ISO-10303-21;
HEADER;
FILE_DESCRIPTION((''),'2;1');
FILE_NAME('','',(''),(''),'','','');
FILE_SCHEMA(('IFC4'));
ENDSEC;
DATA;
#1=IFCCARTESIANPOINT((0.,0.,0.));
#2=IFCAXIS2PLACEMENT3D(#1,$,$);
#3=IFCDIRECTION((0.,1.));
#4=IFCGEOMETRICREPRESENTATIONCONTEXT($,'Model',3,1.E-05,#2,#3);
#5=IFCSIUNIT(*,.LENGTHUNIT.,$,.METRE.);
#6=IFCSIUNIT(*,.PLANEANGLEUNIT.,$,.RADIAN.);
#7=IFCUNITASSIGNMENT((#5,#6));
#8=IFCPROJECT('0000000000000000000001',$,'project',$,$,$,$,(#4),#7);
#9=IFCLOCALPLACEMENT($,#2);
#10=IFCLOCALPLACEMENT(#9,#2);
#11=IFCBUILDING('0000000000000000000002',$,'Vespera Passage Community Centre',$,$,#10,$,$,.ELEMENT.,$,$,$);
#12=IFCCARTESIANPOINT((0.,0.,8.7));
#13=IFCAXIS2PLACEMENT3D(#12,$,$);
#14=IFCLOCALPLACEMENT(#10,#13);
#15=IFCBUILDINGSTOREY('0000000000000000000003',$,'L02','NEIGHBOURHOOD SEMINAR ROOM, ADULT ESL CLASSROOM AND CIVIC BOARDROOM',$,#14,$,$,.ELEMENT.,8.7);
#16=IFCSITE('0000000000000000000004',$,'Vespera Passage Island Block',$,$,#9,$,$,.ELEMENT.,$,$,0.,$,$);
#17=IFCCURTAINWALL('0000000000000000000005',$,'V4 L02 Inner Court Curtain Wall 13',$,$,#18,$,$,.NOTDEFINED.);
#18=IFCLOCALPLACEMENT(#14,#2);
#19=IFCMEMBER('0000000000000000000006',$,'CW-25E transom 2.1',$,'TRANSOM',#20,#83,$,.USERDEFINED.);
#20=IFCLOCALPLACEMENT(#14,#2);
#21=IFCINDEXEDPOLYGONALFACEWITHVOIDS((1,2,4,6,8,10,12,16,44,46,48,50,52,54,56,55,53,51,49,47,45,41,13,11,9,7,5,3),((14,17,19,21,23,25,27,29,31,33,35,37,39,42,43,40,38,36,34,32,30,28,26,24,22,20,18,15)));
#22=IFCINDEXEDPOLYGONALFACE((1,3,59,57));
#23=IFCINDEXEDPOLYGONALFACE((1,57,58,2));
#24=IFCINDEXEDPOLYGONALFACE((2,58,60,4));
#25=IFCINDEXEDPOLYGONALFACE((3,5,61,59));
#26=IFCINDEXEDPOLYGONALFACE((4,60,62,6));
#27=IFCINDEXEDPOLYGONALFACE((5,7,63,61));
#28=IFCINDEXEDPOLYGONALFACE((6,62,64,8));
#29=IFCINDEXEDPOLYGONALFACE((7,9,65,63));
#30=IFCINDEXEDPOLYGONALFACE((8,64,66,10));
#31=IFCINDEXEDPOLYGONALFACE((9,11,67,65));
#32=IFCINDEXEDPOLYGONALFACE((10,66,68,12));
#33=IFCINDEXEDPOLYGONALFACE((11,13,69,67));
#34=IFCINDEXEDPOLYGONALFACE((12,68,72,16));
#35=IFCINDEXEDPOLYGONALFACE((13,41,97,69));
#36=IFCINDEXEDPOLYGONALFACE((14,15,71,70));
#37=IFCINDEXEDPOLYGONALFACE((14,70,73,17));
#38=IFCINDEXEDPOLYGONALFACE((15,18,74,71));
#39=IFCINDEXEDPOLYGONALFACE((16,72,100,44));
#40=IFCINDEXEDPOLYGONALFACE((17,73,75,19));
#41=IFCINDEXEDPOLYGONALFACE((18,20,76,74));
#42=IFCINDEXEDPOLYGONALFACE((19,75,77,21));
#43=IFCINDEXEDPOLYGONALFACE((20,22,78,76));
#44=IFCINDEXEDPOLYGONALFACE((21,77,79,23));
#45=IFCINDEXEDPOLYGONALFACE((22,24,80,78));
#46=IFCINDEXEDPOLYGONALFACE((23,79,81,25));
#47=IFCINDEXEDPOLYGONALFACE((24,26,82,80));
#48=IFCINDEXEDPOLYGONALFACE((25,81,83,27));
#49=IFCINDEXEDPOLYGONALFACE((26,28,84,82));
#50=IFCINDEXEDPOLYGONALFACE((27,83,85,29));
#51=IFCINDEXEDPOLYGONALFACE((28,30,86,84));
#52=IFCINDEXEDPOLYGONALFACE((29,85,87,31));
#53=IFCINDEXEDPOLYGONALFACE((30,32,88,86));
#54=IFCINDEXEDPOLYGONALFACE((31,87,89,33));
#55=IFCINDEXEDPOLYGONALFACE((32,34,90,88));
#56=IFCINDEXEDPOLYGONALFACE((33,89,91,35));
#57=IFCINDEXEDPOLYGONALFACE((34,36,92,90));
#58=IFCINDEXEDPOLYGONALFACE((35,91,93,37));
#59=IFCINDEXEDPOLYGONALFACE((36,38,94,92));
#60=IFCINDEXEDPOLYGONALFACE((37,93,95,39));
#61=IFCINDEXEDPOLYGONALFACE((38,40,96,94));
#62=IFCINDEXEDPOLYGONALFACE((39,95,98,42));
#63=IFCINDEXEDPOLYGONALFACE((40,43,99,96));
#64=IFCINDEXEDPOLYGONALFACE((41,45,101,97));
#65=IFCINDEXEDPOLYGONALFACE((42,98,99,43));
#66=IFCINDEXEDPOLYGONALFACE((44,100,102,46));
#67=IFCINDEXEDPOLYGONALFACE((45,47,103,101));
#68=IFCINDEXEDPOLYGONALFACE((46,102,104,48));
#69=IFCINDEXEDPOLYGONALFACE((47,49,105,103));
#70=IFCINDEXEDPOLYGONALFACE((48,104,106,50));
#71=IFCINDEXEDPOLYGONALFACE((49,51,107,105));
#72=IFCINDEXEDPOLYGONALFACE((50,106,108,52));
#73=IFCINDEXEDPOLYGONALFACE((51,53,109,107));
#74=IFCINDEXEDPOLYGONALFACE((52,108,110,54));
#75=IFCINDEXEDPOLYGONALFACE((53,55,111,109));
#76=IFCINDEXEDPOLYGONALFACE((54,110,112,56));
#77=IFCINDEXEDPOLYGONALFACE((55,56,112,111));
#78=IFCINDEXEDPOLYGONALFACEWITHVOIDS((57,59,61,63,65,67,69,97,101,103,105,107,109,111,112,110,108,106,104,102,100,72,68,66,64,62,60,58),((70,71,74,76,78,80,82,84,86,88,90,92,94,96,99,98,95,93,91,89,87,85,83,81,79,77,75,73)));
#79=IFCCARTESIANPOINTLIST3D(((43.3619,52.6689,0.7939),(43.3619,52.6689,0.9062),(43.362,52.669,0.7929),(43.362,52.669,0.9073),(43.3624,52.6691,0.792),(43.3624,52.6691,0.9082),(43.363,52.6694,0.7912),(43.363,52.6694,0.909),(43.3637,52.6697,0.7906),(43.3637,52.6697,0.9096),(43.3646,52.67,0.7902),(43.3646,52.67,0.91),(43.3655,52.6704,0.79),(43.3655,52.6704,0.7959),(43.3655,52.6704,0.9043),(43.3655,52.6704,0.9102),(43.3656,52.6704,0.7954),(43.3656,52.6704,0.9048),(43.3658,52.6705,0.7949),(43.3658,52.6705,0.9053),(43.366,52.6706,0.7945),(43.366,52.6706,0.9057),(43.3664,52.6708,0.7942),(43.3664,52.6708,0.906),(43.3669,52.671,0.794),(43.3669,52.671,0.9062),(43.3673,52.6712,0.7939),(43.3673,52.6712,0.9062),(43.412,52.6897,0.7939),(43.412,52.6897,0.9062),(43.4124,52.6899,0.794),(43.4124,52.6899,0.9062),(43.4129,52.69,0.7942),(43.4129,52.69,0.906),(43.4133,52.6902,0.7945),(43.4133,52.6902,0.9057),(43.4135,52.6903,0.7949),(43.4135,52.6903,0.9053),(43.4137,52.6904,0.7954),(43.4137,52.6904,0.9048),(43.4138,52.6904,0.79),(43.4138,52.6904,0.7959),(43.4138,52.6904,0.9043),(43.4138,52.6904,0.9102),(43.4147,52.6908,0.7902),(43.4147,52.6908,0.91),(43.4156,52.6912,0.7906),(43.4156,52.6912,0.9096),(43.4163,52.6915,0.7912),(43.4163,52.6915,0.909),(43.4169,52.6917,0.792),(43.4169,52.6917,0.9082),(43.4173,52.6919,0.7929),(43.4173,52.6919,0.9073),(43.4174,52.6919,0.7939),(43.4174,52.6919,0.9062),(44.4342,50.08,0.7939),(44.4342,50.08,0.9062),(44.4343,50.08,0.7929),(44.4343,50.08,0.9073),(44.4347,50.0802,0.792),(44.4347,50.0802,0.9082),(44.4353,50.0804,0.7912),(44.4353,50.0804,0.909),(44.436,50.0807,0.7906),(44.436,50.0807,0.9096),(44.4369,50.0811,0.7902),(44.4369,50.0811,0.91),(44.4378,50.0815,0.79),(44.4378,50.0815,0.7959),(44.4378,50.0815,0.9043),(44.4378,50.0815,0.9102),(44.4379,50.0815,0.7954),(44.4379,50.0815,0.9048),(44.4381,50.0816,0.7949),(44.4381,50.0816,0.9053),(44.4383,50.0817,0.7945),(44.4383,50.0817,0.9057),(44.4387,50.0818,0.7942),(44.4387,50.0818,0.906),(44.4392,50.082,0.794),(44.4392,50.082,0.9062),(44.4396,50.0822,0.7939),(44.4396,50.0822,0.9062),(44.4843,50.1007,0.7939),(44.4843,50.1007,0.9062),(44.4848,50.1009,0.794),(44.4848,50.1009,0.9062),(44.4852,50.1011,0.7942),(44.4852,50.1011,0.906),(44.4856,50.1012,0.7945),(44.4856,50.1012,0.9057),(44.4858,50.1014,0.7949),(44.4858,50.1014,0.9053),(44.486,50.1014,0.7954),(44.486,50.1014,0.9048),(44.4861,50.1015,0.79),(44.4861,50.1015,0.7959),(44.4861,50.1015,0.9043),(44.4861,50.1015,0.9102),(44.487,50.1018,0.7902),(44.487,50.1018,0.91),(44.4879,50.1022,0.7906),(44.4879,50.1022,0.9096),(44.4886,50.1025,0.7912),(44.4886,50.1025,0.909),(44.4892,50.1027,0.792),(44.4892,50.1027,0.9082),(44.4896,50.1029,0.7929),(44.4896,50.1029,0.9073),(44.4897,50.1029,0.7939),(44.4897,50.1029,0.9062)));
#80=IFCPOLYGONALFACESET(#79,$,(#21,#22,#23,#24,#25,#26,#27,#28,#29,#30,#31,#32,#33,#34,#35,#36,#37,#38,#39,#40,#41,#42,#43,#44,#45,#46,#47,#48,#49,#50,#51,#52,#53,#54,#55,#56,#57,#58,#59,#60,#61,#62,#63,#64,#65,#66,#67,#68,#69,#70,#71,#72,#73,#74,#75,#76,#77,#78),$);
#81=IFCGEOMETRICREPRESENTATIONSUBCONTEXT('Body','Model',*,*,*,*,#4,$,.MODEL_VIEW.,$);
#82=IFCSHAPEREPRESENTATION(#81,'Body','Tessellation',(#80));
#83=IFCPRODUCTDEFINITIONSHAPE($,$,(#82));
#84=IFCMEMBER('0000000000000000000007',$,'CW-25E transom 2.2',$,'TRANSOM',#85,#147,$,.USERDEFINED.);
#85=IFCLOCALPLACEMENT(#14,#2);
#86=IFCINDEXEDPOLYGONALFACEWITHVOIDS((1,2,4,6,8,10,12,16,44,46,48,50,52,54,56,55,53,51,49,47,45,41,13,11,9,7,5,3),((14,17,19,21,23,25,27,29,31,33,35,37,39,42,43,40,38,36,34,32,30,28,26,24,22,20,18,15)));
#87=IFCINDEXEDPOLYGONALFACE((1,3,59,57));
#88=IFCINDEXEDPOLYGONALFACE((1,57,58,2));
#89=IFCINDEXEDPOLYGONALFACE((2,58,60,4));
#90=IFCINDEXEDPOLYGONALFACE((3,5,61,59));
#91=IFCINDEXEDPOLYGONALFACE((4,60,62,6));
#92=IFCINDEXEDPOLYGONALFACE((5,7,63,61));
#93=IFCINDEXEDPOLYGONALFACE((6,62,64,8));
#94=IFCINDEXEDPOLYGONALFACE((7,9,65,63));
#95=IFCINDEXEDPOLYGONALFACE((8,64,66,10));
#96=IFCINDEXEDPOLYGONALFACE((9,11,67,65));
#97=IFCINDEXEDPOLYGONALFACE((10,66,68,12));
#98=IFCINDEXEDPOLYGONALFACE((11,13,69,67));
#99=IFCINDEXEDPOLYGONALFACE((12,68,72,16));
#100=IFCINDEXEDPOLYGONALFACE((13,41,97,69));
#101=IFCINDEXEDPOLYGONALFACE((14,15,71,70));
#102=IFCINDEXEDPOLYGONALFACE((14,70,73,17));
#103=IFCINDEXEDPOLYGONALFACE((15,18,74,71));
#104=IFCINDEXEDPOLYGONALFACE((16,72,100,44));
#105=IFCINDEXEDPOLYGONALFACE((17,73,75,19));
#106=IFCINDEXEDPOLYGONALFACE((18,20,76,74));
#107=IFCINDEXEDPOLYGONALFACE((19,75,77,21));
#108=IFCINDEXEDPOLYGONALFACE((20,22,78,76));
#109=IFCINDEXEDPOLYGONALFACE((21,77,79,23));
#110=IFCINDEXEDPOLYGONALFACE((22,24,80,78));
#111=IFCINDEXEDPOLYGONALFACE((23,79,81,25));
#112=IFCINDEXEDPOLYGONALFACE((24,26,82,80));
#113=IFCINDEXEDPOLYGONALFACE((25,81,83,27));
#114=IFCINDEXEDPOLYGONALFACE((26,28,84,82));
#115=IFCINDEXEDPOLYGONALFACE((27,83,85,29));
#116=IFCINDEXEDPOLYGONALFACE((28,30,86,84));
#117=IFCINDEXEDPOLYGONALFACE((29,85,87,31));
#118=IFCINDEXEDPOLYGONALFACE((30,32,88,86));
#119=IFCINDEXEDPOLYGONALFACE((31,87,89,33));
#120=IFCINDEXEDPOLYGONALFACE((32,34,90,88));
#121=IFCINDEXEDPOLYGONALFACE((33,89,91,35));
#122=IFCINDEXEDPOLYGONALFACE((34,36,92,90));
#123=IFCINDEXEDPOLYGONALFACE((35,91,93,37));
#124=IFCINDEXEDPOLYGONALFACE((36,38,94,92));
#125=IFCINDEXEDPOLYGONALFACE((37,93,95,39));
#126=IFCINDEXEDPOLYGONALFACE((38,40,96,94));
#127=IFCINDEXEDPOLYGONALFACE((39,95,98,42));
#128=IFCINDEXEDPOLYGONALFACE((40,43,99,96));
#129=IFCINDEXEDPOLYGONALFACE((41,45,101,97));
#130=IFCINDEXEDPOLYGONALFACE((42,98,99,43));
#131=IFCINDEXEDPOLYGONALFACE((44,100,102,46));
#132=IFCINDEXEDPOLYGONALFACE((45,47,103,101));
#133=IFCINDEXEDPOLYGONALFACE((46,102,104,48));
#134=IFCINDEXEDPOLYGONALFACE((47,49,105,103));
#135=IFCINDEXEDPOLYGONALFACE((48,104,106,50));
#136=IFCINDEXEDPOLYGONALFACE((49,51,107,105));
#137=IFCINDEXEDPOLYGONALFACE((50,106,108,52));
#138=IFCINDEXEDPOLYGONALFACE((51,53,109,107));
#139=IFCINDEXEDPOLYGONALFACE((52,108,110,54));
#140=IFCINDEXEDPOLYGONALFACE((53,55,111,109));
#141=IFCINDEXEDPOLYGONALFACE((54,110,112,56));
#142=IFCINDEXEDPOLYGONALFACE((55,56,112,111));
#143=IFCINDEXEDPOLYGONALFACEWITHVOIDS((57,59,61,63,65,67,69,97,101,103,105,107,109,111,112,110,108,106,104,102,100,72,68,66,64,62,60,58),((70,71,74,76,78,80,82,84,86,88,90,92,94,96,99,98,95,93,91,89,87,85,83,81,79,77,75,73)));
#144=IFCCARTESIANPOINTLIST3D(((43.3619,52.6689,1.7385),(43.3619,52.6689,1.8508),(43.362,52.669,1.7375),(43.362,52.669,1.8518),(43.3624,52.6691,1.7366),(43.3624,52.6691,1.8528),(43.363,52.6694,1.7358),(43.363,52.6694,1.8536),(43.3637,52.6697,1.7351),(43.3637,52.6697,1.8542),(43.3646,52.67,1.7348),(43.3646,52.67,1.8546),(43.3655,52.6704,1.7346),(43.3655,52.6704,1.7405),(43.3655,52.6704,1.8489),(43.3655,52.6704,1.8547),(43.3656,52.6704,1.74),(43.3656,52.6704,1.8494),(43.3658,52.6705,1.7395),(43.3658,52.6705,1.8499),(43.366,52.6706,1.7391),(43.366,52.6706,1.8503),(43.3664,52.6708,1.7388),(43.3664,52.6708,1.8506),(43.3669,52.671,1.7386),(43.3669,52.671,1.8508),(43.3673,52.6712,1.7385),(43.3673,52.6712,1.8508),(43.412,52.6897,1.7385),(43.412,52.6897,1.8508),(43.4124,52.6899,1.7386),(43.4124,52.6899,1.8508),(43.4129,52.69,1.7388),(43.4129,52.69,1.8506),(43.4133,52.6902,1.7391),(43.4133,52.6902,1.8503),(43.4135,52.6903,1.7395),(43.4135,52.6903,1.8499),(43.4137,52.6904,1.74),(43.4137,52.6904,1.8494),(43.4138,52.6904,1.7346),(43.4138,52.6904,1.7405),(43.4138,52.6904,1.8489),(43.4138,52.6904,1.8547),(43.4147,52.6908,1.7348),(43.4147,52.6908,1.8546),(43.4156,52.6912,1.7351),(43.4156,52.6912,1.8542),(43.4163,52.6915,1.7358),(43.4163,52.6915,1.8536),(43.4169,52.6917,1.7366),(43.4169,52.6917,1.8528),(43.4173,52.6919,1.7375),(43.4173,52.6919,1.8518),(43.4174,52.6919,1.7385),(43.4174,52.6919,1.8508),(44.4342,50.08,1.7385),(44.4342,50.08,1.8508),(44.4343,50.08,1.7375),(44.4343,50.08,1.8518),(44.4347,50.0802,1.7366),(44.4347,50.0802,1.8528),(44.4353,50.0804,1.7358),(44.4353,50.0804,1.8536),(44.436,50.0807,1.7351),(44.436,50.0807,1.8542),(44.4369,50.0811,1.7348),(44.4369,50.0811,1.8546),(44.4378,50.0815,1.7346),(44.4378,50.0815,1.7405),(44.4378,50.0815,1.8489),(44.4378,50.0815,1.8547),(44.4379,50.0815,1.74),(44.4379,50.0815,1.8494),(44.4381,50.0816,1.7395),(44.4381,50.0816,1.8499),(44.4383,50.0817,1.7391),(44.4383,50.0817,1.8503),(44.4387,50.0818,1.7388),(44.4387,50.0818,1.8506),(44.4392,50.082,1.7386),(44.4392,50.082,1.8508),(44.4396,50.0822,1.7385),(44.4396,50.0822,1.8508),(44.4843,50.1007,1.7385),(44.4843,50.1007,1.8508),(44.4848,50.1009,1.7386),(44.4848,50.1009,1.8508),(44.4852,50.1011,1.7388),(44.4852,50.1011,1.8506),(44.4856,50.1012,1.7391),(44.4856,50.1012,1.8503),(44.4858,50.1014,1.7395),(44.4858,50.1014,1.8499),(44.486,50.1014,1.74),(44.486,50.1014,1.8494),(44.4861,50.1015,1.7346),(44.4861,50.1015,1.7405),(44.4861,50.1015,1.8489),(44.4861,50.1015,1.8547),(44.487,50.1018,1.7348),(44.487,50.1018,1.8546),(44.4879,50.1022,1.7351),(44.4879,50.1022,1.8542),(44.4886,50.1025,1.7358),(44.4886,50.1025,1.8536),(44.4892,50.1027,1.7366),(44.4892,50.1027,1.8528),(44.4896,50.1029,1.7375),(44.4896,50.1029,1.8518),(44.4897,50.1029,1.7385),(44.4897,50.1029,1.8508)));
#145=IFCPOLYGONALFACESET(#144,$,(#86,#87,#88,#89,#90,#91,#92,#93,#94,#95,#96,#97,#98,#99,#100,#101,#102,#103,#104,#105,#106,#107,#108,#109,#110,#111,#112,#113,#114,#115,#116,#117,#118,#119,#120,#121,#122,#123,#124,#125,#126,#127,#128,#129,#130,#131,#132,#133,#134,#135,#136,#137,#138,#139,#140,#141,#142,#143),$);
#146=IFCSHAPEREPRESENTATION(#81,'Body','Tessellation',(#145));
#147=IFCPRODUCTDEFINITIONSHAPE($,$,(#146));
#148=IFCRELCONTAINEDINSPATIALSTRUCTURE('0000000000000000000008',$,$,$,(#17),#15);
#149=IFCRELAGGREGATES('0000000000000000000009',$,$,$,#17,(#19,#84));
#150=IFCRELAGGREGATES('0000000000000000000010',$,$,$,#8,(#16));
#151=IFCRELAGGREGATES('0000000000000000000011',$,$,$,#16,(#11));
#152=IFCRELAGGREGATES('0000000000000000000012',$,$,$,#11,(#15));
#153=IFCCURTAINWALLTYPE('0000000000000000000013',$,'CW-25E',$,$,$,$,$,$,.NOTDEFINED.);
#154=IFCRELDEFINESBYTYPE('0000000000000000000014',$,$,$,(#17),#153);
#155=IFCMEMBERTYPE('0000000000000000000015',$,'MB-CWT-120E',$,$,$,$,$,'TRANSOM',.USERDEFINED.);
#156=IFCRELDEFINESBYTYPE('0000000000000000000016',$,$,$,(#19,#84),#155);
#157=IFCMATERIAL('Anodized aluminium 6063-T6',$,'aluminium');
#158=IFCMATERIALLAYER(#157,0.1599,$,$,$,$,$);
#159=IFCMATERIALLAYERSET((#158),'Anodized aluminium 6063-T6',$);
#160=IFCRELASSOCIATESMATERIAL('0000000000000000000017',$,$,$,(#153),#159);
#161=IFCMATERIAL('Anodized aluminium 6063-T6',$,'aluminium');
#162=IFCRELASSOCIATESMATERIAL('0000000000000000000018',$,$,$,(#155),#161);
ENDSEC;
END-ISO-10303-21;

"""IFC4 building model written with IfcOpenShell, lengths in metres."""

from ifc_helpers import new_model, si_unit, direction, frame, origin, origin_2d, place, context, subcontext, project, spatial, hollow_rectangle, extrude, material, layer, layer_set, material_profile, profile_set, type_object, element, aggregate, save


model = new_model("IFC4")

# Units and contexts
model_context = context("Model", 3, precision=1e-05, world=origin(), true_north=direction((0.0, 1.0)))
body_context = subcontext(model_context, "Body", "Model", "MODEL_VIEW")
ifc_project = project(units=[si_unit("LENGTHUNIT", "METRE"), si_unit("PLANEANGLEUNIT", "RADIAN")], contexts=[model_context])

# Site, building, storey
site_placement = place(None, origin())
site = spatial("IfcSite", under=ifc_project, at=site_placement, Name="Vespera Passage Island Block", CompositionType="ELEMENT", RefElevation=0.0)
building_placement = place(site_placement, origin())
building = spatial("IfcBuilding", under=site, at=building_placement, Name="Vespera Passage Community Centre", CompositionType="ELEMENT")
storey_placement = place(building_placement, frame((0.0, 0.0, 8.7)))
storey = spatial("IfcBuildingStorey", under=building, at=storey_placement, Name="L02", Description="NEIGHBOURHOOD SEMINAR ROOM, ADULT ESL CLASSROOM AND CIVIC BOARDROOM", CompositionType="ELEMENT", Elevation=8.7)

# Curtain wall
ifc_material_1 = material(Name="Anodized aluminium 6063-T6", Category="aluminium")
ifc_layer_1 = layer(ifc_material_1, 0.1599)
ifc_layer_set_1 = layer_set([ifc_layer_1], Name="Anodized aluminium 6063-T6")
curtain_wall_type_1 = type_object("IfcCurtainWallType", Name="CW-25E", PredefinedType="NOTDEFINED", material=ifc_layer_set_1)
curtain_wall_1_placement = place(storey_placement, origin())
curtain_wall_1 = element("IfcCurtainWall", 1, at=curtain_wall_1_placement, inside=storey, type_object=curtain_wall_type_1, Name="V4 L02 Inner Court Curtain Wall 13", PredefinedType="NOTDEFINED")

# Members
ifc_material_2 = material(Name="Anodized aluminium 6063-T6", Category="aluminium")
ifc_material_profile_1 = material_profile(ifc_material_2, hollow_rectangle(XDim=0.0601, YDim=0.1201, WallThickness=0.0039, InnerFilletRadius=0.002, OuterFilletRadius=0.0039, at=origin_2d()), Name="ALU120X60X4")
ifc_profile_set_1 = profile_set([ifc_material_profile_1], Name="Anodized aluminium 6063-T6")
member_type_1 = type_object("IfcMemberType", Name="MB-CWT-120E", ElementType="TRANSOM", PredefinedType="USERDEFINED", material=ifc_profile_set_1)
member_1_placement = place(storey_placement, frame((43.3896, 52.6804, 0.8501), z_axis=(0.38266, -0.923889, 0.0), x_axis=(0.923889, 0.38266, 0.0)))
member_1 = element("IfcMember", 2, at=member_1_placement, type_object=member_type_1, Name="CW-25E transom 2.1", ObjectType="TRANSOM", PredefinedType="USERDEFINED", context=body_context, shape_type="SweptSolid", body=[
    extrude(hollow_rectangle(XDim=0.0601, YDim=0.1201, WallThickness=0.0039, InnerFilletRadius=0.002, OuterFilletRadius=0.0039, at=origin_2d()), origin(), (0.0, 0.0, 1.0), 2.8022),
])
member_2_placement = place(storey_placement, frame((43.3896, 52.6804, 1.7947), z_axis=(0.38266, -0.923889, 0.0), x_axis=(0.923889, 0.38266, 0.0)))
member_2 = element("IfcMember", 3, at=member_2_placement, type_object=member_type_1, Name="CW-25E transom 2.2", ObjectType="TRANSOM", PredefinedType="USERDEFINED", context=body_context, shape_type="SweptSolid", body=[
    extrude(hollow_rectangle(XDim=0.0601, YDim=0.1201, WallThickness=0.0039, InnerFilletRadius=0.002, OuterFilletRadius=0.0039, at=origin_2d()), origin(), (0.0, 0.0, 1.0), 2.8022),
])

aggregate(curtain_wall_1, [member_1, member_2])

save(model, "model.ifc")
